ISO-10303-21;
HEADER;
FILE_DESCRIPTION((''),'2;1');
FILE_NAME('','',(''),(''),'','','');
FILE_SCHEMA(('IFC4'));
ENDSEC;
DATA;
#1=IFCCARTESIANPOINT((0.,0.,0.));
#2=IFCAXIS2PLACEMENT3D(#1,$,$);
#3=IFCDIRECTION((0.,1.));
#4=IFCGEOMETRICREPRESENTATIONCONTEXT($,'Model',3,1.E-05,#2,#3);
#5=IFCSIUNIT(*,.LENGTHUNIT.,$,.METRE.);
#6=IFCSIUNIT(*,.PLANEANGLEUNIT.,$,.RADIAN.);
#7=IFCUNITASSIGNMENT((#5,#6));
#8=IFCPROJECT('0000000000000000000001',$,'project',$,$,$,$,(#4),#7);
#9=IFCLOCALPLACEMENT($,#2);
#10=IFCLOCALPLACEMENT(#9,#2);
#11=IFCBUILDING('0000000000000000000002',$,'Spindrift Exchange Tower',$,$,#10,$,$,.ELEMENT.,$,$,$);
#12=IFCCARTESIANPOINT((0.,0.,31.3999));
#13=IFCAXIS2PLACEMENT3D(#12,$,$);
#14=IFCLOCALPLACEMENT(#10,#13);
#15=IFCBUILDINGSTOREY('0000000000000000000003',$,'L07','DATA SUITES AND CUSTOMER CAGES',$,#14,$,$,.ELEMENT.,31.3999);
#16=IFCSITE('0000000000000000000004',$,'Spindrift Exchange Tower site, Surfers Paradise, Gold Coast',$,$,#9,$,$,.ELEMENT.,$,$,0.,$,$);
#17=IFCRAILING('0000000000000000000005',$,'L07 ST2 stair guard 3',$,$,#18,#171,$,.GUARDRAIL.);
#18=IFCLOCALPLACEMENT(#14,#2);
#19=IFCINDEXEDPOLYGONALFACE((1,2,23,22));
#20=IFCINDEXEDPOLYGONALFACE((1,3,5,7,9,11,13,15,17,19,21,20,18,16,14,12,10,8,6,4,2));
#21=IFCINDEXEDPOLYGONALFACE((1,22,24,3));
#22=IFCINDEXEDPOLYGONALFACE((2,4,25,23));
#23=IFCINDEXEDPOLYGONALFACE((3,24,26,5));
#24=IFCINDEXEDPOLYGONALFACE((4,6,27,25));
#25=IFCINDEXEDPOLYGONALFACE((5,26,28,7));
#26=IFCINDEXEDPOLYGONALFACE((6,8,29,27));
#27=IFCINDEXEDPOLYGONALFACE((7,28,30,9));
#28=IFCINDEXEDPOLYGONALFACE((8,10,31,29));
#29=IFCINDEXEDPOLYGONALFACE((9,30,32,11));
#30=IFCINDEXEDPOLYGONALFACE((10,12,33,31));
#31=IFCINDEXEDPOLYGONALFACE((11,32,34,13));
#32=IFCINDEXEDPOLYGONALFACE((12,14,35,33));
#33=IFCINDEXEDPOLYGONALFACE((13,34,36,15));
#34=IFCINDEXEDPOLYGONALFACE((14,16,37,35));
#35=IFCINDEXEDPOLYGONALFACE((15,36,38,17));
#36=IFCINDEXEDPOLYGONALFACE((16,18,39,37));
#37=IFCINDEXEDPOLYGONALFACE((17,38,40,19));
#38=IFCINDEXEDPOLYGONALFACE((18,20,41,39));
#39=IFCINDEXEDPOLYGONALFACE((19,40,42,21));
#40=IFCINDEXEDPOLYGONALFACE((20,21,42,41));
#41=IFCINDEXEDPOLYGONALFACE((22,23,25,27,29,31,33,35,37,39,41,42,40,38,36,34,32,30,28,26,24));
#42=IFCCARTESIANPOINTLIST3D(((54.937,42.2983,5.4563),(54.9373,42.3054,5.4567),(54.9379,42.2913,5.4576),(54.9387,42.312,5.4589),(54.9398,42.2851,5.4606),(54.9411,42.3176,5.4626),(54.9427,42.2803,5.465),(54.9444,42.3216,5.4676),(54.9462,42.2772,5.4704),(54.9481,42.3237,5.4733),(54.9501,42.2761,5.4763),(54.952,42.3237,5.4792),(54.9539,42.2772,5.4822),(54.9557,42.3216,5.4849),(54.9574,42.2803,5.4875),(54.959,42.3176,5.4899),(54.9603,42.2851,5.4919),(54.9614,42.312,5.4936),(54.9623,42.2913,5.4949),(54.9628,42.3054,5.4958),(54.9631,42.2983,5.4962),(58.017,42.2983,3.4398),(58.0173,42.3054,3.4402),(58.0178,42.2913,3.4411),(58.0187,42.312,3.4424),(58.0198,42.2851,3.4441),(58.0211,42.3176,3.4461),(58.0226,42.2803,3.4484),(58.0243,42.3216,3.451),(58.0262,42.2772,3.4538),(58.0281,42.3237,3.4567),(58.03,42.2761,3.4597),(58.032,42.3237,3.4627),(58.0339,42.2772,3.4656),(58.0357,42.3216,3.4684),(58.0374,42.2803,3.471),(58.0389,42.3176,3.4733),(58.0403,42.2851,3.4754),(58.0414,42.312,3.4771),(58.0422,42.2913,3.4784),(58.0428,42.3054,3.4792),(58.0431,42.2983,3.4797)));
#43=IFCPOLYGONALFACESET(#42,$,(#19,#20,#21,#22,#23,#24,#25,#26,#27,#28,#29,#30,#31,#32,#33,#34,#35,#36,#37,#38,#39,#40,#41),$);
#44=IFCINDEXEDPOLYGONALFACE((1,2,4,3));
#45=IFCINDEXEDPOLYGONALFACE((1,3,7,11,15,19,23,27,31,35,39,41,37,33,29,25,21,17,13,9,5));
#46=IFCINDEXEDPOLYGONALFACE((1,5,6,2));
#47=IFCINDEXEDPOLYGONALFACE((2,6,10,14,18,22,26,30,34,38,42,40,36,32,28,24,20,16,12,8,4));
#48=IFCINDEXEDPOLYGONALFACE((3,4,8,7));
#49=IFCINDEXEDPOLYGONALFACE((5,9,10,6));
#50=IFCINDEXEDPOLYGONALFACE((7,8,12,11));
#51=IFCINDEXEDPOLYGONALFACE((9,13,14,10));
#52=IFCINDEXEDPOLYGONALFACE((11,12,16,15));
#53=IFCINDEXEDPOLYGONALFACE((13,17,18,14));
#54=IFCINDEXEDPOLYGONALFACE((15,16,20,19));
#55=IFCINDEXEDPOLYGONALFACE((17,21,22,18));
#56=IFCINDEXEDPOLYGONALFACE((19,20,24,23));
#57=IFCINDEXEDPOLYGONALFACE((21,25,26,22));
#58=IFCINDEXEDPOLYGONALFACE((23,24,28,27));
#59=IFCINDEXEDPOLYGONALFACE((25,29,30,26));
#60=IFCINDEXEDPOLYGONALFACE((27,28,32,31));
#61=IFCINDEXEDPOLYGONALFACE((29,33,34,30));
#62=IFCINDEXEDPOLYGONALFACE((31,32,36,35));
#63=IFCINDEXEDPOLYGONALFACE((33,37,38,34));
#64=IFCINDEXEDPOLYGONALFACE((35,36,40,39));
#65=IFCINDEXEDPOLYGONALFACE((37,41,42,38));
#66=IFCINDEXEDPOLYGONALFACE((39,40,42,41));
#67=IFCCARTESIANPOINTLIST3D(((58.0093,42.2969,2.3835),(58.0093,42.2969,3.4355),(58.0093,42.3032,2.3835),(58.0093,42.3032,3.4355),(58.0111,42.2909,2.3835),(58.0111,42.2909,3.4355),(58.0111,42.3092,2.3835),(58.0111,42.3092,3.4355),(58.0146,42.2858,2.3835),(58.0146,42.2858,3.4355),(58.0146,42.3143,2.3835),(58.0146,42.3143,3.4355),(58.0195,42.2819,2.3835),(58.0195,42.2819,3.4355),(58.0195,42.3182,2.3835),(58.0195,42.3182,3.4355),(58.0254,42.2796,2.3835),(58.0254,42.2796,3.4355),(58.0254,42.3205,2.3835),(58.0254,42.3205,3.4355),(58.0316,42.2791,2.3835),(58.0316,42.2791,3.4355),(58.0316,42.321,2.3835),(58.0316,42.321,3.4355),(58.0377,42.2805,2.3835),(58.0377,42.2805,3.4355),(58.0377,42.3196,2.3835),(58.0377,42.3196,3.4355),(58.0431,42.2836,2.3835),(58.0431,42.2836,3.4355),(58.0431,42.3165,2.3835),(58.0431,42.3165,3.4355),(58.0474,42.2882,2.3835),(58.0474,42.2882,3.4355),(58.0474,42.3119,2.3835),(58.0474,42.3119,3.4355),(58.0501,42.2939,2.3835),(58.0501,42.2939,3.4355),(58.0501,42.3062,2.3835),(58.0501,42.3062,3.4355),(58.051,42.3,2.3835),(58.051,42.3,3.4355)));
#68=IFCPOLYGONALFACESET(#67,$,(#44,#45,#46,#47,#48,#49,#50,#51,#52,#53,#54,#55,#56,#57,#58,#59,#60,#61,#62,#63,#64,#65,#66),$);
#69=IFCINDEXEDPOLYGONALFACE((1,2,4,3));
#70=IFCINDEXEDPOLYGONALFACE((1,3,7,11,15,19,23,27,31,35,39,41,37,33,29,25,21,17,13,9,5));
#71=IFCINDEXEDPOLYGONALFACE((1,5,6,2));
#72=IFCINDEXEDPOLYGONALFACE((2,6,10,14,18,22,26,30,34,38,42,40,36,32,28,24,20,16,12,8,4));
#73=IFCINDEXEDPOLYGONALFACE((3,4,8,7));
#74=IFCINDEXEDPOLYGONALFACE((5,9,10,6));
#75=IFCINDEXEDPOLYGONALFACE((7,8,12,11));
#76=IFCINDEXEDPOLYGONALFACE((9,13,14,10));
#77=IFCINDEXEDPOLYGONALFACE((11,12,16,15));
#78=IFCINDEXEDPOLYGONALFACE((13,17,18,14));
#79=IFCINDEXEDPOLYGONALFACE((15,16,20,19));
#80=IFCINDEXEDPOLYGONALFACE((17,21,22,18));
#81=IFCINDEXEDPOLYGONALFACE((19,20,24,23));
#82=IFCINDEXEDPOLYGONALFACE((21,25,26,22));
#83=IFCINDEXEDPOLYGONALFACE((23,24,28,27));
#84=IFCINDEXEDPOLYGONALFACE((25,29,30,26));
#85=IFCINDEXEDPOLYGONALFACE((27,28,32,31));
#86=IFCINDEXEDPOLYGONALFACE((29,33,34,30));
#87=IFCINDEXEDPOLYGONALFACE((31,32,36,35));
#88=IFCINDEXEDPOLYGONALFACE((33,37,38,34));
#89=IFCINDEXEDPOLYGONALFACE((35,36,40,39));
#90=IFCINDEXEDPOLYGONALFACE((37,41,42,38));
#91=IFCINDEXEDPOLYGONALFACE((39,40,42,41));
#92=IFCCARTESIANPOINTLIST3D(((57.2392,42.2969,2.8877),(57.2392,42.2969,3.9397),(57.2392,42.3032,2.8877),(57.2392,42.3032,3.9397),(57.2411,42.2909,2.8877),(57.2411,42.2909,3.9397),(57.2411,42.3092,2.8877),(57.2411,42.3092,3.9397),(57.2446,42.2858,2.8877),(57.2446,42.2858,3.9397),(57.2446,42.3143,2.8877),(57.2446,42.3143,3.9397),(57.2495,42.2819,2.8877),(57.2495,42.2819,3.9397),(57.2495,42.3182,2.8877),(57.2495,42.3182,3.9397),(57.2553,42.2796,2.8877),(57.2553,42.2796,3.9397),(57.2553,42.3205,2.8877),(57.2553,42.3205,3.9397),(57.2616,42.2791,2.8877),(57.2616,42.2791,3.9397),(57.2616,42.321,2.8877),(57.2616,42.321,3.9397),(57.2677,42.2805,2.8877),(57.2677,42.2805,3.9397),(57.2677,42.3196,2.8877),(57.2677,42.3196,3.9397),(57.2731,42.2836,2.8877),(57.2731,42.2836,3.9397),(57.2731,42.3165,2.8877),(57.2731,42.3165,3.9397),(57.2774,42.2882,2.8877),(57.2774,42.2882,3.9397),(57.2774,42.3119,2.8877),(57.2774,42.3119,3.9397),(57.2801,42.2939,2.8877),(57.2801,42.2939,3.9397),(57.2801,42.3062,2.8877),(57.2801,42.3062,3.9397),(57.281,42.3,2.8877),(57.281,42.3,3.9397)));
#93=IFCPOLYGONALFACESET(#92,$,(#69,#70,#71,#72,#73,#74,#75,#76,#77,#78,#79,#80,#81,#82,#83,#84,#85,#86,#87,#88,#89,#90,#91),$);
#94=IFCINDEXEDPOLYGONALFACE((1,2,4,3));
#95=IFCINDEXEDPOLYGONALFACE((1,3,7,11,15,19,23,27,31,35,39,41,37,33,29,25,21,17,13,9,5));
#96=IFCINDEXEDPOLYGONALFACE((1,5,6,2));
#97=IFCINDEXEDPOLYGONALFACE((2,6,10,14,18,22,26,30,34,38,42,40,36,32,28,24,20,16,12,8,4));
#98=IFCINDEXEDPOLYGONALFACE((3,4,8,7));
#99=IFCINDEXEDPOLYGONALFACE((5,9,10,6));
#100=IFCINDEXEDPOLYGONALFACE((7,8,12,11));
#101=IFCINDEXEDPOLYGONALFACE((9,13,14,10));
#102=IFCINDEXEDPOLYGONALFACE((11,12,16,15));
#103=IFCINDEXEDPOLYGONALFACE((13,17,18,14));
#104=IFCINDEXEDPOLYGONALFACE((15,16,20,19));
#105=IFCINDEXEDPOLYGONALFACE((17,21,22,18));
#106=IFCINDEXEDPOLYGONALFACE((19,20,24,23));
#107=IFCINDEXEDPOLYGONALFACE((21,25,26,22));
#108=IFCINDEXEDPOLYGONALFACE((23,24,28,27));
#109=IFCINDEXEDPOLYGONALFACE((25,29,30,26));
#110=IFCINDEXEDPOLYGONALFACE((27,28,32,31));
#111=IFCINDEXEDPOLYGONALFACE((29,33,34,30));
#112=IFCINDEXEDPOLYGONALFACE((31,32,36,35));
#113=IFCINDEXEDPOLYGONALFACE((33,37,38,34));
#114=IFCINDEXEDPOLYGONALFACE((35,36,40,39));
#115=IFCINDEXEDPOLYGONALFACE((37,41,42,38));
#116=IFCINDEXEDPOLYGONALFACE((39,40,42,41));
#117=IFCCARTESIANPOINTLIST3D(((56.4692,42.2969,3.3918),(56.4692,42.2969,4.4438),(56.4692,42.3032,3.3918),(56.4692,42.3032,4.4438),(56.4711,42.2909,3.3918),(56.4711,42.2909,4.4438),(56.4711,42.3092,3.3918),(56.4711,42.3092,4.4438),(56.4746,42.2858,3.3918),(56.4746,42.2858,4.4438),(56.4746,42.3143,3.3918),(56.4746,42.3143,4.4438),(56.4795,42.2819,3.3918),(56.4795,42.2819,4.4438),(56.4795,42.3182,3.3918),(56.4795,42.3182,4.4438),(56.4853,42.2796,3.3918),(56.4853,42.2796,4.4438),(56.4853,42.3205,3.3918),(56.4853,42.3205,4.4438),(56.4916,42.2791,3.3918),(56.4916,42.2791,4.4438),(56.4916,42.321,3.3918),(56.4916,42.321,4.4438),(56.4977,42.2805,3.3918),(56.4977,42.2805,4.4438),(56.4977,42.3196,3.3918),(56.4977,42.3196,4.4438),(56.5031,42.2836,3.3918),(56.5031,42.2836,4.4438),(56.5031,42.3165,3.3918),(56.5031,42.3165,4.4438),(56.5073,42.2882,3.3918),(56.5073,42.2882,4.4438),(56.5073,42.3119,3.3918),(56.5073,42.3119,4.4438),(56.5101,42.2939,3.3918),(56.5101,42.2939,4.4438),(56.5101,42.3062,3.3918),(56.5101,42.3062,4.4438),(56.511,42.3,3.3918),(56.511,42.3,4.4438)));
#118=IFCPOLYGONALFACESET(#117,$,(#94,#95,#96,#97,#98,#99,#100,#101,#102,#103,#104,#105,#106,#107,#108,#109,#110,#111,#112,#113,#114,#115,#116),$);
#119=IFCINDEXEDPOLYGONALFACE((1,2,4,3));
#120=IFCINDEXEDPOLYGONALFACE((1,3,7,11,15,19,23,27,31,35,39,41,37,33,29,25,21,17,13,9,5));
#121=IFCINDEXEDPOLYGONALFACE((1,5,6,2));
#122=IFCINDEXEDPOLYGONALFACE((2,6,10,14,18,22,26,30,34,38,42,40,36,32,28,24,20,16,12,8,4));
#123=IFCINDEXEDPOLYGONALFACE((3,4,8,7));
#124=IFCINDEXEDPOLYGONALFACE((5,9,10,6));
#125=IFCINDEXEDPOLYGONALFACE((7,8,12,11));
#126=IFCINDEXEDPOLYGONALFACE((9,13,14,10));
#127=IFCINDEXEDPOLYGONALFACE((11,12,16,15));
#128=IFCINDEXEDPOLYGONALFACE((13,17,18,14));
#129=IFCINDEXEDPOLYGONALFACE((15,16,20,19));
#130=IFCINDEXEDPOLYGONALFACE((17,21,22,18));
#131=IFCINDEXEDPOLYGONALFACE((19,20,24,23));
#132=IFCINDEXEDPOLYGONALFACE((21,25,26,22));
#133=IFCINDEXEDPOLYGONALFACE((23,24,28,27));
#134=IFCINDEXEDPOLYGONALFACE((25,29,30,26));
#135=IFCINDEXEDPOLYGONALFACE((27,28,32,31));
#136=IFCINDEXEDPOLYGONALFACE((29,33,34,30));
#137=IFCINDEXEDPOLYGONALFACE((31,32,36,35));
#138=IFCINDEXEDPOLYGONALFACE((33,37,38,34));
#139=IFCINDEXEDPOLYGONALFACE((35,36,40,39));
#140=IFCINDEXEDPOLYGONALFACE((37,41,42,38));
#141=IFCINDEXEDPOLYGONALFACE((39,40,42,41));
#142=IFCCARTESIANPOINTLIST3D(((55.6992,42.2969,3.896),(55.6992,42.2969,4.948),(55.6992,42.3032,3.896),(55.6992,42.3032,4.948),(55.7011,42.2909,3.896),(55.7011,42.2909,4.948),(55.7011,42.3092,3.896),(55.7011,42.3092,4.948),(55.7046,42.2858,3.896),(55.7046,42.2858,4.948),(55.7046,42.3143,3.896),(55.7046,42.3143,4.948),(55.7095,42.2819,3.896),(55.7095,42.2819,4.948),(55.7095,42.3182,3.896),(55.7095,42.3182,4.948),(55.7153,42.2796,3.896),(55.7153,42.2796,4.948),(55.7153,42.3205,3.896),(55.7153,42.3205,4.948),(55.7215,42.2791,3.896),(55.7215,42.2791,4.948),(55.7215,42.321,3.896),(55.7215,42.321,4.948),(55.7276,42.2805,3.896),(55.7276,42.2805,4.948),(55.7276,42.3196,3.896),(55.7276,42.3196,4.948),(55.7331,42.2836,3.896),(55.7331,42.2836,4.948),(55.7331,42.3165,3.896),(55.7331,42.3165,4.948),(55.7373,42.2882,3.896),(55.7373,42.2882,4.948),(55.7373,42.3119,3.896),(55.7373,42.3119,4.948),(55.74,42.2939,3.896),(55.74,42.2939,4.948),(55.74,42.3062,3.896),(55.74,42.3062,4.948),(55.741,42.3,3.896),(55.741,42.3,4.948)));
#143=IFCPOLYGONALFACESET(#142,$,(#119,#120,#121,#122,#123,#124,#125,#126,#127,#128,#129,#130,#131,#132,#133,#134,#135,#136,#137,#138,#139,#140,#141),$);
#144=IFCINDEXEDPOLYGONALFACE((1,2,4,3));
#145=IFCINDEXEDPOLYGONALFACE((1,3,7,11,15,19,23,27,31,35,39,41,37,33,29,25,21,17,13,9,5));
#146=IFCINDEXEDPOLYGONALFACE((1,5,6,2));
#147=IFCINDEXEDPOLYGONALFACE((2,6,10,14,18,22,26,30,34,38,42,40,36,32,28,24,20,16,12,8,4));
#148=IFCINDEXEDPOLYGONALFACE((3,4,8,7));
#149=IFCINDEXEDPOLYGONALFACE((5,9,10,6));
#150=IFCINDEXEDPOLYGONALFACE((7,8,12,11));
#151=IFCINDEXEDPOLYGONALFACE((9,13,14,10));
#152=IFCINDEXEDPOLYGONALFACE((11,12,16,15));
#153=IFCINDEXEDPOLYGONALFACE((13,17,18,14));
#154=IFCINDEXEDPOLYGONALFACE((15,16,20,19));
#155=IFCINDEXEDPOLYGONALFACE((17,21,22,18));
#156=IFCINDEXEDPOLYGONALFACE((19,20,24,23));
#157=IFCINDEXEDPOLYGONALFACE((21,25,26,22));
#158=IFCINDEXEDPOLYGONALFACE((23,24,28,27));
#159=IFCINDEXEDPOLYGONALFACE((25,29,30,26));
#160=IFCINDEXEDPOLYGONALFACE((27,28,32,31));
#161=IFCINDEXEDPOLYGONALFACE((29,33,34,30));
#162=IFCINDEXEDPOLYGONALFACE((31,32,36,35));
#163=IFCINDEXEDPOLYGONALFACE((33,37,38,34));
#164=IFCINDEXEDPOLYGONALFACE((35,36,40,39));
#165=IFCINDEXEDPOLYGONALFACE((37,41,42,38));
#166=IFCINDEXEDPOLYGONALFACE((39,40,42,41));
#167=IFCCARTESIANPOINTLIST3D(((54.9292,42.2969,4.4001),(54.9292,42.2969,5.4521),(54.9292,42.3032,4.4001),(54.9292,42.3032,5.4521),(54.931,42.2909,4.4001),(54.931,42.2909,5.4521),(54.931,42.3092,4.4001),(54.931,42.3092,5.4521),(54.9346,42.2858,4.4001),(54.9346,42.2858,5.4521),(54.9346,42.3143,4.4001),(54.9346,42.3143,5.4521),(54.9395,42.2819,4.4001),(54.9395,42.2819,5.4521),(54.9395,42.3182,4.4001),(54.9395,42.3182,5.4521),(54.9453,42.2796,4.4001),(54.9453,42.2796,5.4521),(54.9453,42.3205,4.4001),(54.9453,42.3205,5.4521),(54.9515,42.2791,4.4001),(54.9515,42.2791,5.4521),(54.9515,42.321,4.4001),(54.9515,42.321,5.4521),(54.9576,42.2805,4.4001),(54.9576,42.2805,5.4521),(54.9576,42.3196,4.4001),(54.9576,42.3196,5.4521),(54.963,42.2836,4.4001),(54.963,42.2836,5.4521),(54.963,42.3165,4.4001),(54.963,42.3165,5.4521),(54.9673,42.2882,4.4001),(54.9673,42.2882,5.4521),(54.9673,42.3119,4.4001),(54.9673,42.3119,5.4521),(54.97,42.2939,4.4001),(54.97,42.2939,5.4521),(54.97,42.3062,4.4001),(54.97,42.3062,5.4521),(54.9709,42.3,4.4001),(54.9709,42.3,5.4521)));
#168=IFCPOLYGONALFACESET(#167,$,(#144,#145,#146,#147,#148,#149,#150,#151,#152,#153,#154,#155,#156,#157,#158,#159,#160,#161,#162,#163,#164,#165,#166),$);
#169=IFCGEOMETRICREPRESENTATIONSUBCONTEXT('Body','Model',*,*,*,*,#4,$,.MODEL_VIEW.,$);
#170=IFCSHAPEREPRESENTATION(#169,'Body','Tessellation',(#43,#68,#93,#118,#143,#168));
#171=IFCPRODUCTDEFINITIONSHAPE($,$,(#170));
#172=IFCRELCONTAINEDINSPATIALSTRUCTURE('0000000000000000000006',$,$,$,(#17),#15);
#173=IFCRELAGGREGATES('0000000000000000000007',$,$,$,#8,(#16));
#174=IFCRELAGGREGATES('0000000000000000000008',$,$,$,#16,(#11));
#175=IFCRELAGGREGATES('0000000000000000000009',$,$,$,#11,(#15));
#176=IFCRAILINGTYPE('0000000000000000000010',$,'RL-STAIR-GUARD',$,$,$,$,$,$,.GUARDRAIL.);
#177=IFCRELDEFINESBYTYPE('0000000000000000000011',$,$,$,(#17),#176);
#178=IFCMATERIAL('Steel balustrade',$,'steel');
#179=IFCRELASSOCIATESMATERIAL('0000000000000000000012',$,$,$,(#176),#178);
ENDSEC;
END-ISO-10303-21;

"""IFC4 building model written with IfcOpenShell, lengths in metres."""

from ifc_helpers import new_model, si_unit, direction, frame, origin, origin_2d, place, context, subcontext, project, spatial, circle, extrude, material, type_object, element, save


model = new_model("IFC4")

# Units and contexts
model_context = context("Model", 3, precision=1e-05, world=origin(), true_north=direction((0.0, 1.0)))
body_context = subcontext(model_context, "Body", "Model", "MODEL_VIEW")
ifc_project = project(units=[si_unit("LENGTHUNIT", "METRE"), si_unit("PLANEANGLEUNIT", "RADIAN")], contexts=[model_context])

# Site, building, storey
site_placement = place(None, origin())
site = spatial("IfcSite", under=ifc_project, at=site_placement, Name="Spindrift Exchange Tower site, Surfers Paradise, Gold Coast", CompositionType="ELEMENT", RefElevation=0.0)
building_placement = place(site_placement, origin())
building = spatial("IfcBuilding", under=site, at=building_placement, Name="Spindrift Exchange Tower", CompositionType="ELEMENT")
storey_placement = place(building_placement, frame((0.0, 0.0, 31.3999)))
storey = spatial("IfcBuildingStorey", under=building, at=storey_placement, Name="L07", Description="DATA SUITES AND CUSTOMER CAGES", CompositionType="ELEMENT", Elevation=31.3999)

# Railing
ifc_material_1 = material(Name="Steel balustrade", Category="steel")
railing_type_1 = type_object("IfcRailingType", Name="RL-STAIR-GUARD", PredefinedType="GUARDRAIL", material=ifc_material_1)
railing_1_placement = place(storey_placement, frame((58.03, 42.3, 2.3835)))
element("IfcRailing", 1, at=railing_1_placement, inside=storey, type_object=railing_type_1, Name="L07 ST2 stair guard 3", PredefinedType="GUARDRAIL", context=body_context, shape_type="SweptSolid", body=[
    extrude(circle(Radius=0.0239, at=origin_2d()), frame((0.0, 0.0, 1.0762), z_axis=(-0.836633, 0.0, 0.547764), x_axis=(0.0, -1.0, 0.0)), (0.0, 0.0, 1.0), 3.6814),
    extrude(circle(Radius=0.021, at=origin_2d()), origin(), (0.0, 0.0, 1.0), 1.052),
    extrude(circle(Radius=0.021, at=origin_2d()), frame((-0.77, 0.0, 0.5042)), (0.0, 0.0, 1.0), 1.052),
    extrude(circle(Radius=0.021, at=origin_2d()), frame((-1.54, 0.0, 1.0083)), (0.0, 0.0, 1.0), 1.052),
    extrude(circle(Radius=0.021, at=origin_2d()), frame((-2.3101, 0.0, 1.5125)), (0.0, 0.0, 1.0), 1.052),
    extrude(circle(Radius=0.021, at=origin_2d()), frame((-3.0801, 0.0, 2.0166)), (0.0, 0.0, 1.0), 1.052),
])

save(model, "model.ifc")
